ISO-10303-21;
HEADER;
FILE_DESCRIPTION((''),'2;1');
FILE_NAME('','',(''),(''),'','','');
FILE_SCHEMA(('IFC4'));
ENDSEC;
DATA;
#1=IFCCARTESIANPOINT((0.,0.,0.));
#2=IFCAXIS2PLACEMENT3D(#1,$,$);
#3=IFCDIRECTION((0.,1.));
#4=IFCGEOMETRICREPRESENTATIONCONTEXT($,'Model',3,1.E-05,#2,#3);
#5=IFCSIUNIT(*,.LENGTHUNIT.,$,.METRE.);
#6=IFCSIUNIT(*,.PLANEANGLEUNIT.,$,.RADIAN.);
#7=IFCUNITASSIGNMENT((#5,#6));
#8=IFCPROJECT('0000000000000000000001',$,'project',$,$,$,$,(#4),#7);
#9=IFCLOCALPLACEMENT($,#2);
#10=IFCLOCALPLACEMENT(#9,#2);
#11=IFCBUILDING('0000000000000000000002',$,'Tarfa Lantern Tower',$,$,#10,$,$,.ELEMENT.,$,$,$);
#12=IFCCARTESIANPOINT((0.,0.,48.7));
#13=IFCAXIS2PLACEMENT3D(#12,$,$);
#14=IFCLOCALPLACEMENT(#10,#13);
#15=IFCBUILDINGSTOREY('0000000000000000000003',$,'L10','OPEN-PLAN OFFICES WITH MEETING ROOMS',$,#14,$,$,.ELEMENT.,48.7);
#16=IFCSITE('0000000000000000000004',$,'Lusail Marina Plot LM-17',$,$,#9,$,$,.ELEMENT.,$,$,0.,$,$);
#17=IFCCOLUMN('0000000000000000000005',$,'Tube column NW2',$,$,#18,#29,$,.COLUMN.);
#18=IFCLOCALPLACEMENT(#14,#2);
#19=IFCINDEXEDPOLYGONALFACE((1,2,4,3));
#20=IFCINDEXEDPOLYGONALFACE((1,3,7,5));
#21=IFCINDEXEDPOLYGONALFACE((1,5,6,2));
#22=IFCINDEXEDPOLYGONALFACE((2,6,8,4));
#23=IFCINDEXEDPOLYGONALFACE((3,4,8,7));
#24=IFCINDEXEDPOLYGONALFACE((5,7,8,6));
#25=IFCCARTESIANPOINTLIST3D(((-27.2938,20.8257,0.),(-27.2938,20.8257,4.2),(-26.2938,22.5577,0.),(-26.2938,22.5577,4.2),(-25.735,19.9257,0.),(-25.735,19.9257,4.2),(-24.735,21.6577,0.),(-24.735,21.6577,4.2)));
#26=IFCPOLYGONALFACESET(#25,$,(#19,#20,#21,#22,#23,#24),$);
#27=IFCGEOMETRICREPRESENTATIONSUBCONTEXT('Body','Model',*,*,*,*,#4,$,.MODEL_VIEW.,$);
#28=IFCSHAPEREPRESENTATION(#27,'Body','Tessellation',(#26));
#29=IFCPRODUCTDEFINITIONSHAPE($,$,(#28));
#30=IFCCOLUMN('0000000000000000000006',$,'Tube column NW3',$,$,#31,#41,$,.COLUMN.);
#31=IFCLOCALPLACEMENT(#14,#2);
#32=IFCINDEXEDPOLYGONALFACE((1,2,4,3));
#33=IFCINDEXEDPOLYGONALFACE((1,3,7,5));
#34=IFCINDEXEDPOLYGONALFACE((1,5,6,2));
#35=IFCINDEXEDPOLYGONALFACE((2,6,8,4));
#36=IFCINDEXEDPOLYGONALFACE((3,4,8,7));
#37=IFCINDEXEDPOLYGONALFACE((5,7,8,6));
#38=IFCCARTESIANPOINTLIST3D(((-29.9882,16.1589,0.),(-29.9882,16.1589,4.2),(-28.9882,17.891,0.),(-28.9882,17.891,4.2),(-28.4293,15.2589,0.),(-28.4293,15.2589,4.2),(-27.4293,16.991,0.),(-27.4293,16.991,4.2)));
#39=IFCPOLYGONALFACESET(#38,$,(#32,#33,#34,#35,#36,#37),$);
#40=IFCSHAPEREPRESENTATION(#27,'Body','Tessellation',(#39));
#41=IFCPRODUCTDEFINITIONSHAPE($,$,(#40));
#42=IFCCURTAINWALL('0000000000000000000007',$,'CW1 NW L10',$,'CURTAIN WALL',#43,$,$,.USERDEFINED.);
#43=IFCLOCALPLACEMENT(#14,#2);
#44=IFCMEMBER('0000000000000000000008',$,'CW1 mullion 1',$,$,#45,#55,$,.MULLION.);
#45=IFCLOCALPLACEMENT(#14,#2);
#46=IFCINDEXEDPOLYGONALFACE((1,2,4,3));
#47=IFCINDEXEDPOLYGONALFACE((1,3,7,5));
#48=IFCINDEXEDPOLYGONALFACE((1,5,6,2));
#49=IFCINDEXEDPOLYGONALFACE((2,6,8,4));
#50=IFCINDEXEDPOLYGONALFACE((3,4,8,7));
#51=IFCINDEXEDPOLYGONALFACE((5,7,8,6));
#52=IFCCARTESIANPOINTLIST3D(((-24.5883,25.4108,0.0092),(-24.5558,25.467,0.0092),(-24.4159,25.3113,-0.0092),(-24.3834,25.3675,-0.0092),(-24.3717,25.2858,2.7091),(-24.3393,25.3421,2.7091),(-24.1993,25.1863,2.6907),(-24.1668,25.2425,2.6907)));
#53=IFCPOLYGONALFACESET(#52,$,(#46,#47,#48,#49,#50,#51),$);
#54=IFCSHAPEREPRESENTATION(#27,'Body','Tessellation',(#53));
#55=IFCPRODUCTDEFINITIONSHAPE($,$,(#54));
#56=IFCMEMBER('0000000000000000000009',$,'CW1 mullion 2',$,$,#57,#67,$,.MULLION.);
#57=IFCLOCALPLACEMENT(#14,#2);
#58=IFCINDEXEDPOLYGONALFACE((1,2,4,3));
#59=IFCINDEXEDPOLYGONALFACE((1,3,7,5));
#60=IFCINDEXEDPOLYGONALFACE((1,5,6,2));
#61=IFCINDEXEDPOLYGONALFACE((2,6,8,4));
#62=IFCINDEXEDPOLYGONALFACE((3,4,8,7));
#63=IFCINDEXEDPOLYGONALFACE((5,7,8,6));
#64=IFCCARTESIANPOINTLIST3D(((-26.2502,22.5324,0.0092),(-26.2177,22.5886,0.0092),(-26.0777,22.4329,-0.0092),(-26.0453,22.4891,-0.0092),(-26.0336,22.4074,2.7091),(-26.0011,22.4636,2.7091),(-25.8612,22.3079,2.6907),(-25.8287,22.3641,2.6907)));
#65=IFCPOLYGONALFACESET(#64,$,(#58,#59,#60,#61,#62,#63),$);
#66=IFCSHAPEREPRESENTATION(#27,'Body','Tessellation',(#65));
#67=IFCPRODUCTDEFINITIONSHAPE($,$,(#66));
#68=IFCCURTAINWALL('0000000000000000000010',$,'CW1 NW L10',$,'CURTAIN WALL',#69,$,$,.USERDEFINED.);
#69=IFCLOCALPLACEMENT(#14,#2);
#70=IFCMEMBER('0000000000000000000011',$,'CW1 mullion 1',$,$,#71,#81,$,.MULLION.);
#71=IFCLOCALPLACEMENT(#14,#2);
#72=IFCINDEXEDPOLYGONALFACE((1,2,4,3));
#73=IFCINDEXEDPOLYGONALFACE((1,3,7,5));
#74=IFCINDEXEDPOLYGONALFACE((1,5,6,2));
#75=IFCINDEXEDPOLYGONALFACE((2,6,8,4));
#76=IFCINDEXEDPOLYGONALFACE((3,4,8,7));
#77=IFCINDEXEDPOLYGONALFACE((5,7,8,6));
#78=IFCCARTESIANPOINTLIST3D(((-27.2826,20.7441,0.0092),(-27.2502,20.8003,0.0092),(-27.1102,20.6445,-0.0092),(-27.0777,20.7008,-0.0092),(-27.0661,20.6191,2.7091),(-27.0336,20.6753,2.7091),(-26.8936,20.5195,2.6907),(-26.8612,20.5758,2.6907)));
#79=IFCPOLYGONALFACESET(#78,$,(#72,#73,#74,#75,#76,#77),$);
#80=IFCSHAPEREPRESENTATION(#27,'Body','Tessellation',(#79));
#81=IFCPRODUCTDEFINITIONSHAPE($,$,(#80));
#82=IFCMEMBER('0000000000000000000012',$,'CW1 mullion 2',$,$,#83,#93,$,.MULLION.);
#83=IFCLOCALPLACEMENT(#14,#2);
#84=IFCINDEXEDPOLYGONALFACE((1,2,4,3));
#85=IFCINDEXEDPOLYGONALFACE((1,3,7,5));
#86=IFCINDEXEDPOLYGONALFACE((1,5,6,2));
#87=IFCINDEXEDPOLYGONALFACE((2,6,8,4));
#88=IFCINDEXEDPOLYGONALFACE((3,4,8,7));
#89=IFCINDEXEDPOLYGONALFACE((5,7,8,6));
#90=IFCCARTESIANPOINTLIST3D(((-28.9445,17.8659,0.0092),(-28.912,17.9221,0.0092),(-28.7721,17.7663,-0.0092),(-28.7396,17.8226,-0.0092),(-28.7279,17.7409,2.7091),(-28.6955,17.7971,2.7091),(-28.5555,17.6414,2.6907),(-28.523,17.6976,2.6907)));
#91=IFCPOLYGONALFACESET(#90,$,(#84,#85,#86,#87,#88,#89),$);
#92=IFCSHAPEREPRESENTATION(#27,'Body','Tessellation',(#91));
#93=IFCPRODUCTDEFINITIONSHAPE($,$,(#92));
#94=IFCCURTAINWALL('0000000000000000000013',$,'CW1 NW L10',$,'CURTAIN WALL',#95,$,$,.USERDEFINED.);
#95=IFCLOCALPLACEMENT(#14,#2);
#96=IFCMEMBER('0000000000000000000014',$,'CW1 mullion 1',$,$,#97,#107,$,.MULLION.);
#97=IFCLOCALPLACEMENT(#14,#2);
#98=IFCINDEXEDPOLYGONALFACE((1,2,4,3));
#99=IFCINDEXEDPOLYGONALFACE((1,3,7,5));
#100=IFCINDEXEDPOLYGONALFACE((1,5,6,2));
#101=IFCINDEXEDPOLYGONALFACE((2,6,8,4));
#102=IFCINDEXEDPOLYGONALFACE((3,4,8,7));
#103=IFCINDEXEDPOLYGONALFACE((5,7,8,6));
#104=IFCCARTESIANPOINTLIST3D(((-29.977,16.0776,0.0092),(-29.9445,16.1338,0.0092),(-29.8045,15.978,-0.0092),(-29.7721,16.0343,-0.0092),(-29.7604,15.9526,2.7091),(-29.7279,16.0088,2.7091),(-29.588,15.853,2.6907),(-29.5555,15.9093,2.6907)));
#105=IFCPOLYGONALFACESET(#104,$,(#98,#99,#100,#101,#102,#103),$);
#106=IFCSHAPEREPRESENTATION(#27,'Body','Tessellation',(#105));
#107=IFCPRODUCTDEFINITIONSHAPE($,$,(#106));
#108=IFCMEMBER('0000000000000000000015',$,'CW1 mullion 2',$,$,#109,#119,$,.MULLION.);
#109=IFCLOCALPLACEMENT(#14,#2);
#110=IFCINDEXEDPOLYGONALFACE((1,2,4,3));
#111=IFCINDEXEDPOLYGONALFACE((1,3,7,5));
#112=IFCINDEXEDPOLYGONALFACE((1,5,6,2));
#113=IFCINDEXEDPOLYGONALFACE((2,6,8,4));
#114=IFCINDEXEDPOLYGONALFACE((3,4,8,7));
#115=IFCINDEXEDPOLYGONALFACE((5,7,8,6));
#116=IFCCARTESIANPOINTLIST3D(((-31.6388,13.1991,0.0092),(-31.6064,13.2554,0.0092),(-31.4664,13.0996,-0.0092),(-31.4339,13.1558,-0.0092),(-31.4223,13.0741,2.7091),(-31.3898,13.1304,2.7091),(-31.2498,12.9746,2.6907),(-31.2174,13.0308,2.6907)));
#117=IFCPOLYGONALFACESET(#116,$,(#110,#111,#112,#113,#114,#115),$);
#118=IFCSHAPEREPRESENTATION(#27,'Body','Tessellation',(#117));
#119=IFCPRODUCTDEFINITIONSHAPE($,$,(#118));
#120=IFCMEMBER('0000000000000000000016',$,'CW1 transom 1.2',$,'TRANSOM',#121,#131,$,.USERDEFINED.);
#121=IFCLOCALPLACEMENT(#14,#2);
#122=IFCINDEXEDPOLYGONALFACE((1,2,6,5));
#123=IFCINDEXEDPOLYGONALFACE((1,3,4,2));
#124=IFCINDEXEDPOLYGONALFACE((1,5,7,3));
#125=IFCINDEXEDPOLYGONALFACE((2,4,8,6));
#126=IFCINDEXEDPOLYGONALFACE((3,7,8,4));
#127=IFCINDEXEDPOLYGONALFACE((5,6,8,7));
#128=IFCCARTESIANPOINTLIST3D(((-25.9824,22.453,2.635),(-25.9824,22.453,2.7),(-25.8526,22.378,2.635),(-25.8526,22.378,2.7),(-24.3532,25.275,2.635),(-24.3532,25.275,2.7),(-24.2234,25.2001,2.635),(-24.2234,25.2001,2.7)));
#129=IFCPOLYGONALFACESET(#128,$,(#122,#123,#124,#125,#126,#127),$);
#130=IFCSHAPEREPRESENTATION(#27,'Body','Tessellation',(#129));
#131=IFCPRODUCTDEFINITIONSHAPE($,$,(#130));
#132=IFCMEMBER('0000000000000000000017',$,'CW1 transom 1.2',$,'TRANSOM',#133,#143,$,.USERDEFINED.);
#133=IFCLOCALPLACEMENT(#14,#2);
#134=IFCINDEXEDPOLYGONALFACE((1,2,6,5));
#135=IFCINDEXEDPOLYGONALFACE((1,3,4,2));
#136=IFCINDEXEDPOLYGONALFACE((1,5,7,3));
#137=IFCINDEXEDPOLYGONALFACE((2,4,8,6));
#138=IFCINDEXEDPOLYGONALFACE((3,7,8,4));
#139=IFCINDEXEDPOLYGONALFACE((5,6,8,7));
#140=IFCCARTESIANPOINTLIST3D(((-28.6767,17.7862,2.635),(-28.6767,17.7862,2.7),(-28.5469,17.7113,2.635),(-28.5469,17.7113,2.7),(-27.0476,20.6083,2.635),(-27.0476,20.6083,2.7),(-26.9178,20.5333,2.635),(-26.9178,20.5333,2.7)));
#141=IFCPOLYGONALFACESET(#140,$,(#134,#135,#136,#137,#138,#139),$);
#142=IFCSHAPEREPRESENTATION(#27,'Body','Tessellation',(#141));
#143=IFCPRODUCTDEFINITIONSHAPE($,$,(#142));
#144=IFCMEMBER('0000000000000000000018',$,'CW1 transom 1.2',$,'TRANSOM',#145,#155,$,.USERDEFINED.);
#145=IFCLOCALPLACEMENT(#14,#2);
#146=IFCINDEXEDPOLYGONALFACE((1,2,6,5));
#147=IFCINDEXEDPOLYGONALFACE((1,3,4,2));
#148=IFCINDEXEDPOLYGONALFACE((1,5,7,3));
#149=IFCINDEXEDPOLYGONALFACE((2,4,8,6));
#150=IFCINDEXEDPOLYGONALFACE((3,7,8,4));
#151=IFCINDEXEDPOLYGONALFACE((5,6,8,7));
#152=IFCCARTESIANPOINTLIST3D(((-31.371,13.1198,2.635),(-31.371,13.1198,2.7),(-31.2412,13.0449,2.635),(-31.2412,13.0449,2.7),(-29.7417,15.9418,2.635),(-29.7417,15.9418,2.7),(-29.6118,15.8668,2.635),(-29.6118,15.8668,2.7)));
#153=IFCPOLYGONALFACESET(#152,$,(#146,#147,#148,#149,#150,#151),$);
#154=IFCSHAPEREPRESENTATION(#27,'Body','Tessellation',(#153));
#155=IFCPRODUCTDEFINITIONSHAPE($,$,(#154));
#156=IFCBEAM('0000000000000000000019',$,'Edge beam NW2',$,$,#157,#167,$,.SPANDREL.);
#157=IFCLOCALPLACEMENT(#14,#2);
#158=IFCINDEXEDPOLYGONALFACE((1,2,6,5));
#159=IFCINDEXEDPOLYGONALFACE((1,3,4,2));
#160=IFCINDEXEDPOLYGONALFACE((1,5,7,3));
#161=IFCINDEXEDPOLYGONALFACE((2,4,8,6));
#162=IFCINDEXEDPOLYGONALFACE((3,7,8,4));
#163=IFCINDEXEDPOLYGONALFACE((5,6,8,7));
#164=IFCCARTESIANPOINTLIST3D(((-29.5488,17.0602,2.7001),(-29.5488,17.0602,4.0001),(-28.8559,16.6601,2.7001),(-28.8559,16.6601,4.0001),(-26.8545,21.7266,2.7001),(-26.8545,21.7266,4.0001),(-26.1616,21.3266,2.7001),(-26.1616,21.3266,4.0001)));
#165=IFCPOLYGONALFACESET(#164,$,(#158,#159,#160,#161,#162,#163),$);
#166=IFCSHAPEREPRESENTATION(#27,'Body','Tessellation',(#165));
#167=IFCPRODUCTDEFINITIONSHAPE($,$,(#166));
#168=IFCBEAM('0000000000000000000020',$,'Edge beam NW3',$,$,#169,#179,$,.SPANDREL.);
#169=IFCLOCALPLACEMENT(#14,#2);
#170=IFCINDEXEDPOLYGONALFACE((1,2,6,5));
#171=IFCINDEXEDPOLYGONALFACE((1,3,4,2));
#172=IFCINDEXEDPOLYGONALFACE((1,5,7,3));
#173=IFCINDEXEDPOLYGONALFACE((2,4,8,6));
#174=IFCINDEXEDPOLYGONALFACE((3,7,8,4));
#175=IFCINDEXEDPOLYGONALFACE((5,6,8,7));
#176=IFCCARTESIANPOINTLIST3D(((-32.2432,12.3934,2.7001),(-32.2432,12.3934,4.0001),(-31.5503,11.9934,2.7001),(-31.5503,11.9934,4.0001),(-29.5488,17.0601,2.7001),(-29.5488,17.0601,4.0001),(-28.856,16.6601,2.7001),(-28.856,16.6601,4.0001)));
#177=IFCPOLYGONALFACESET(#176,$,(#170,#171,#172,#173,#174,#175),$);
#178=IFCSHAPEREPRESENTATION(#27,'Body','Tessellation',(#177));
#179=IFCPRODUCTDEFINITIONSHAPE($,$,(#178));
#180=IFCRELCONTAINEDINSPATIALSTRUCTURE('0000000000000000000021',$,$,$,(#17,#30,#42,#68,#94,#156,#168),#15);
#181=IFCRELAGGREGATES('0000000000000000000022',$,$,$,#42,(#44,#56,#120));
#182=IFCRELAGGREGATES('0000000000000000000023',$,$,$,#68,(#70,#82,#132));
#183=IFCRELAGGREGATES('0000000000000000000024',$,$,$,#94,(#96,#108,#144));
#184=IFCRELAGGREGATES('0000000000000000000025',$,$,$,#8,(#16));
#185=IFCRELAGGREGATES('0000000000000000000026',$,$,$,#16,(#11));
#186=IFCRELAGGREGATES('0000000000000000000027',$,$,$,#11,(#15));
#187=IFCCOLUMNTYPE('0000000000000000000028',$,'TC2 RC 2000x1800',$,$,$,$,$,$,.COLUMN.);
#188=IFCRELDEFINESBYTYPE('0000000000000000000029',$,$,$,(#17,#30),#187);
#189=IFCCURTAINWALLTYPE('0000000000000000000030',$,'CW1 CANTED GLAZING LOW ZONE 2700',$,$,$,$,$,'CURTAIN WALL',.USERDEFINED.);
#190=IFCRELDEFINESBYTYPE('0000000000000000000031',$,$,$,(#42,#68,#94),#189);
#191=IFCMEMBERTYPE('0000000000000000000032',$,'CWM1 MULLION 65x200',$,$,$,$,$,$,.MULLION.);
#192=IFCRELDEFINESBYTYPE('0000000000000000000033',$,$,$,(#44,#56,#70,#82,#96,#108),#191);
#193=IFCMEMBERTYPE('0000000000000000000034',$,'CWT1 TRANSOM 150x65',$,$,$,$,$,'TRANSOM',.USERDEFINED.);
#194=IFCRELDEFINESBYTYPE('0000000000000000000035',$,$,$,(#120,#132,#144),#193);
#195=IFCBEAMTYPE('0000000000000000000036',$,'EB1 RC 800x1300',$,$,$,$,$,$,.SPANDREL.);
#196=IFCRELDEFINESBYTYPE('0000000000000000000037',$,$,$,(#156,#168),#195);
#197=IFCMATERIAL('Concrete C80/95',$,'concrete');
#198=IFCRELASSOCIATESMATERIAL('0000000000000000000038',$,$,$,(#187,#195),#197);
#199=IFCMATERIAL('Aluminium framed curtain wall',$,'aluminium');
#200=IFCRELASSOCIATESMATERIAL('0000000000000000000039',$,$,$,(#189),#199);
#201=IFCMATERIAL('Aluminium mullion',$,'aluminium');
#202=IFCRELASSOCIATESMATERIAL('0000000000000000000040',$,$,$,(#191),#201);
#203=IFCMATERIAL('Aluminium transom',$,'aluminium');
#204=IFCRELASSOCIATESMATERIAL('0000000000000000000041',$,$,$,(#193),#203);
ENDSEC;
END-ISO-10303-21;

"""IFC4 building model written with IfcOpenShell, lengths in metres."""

from ifc_helpers import new_model, si_unit, direction, frame, origin, origin_2d, place, context, subcontext, project, spatial, rectangle, extrude, material, material_profile, profile_set, type_object, element, aggregate, save


model = new_model("IFC4")

# Units and contexts
model_context = context("Model", 3, precision=1e-05, world=origin(), true_north=direction((0.0, 1.0)))
body_context = subcontext(model_context, "Body", "Model", "MODEL_VIEW")
ifc_project = project(units=[si_unit("LENGTHUNIT", "METRE"), si_unit("PLANEANGLEUNIT", "RADIAN")], contexts=[model_context])

# Site, building, storey
site_placement = place(None, origin())
site = spatial("IfcSite", under=ifc_project, at=site_placement, Name="Lusail Marina Plot LM-17", CompositionType="ELEMENT", RefElevation=0.0)
building_placement = place(site_placement, origin())
building = spatial("IfcBuilding", under=site, at=building_placement, Name="Tarfa Lantern Tower", CompositionType="ELEMENT")
storey_placement = place(building_placement, frame((0.0, 0.0, 48.7)))
storey = spatial("IfcBuildingStorey", under=building, at=storey_placement, Name="L10", Description="OPEN-PLAN OFFICES WITH MEETING ROOMS", CompositionType="ELEMENT", Elevation=48.7)

# Columns
ifc_material_1 = material(Name="Concrete C80/95", Category="concrete")
ifc_material_profile_1 = material_profile(ifc_material_1, rectangle(XDim=2.0, YDim=1.8, at=origin_2d()), Name="RC 2000x1800")
ifc_profile_set_1 = profile_set([ifc_material_profile_1], Name="Concrete C80/95")
column_type = type_object("IfcColumnType", Name="TC2 RC 2000x1800", PredefinedType="COLUMN", material=ifc_profile_set_1)
for number, where, z_axis, x_axis, name in (
    (1, (-26.0144, 21.2417, 0.0), (0.0, 0.0, 1.0), (-0.5, -0.866025, 0.0), "Tube column NW2"),
    (2, (-28.7087, 16.575, 0.0), (0.0, 0.0, 1.0), (-0.5, -0.866025, 0.0), "Tube column NW3"),
):
    element("IfcColumn", number, at=place(storey_placement, frame(where, z_axis=z_axis, x_axis=x_axis)), inside=storey, type_object=column_type, Name=name, PredefinedType="COLUMN", context=body_context, shape_type="SweptSolid", body=[
        extrude(rectangle(XDim=2.0, YDim=1.8, at=origin_2d()), origin(), (0.0, 0.0, 1.0), 4.2),
    ])

# Curtain walls, members
ifc_material_2 = material(Name="Aluminium framed curtain wall", Category="aluminium")
curtain_wall_type = type_object("IfcCurtainWallType", Name="CW1 CANTED GLAZING LOW ZONE 2700", ElementType="CURTAIN WALL", PredefinedType="USERDEFINED", material=ifc_material_2)
curtain_wall_1_placement = place(storey_placement, origin())
curtain_wall_1 = element("IfcCurtainWall", 3, at=curtain_wall_1_placement, inside=storey, type_object=curtain_wall_type, Name="CW1 NW L10", ObjectType="CURTAIN WALL", PredefinedType="USERDEFINED")
ifc_material_3 = material(Name="Aluminium mullion", Category="aluminium")
ifc_material_profile_2 = material_profile(ifc_material_3, rectangle(XDim=0.0649, YDim=0.2, at=origin_2d()), Name="AL MULLION 65x200")
ifc_profile_set_2 = profile_set([ifc_material_profile_2], Name="Aluminium mullion")
member_type_1 = type_object("IfcMemberType", Name="CWM1 MULLION 65x200", PredefinedType="MULLION", material=ifc_profile_set_2)
member_1_placement = place(storey_placement, frame((-24.4858, 25.3892, 0.0), z_axis=(0.079864, -0.0461, 0.995739), x_axis=(0.49992, 0.866072, 0.0)))
member_1 = element("IfcMember", 4, at=member_1_placement, type_object=member_type_1, Name="CW1 mullion 1", PredefinedType="MULLION", context=body_context, shape_type="SweptSolid", body=[
    extrude(rectangle(XDim=0.0649, YDim=0.2, at=origin_2d()), origin(), (0.0, 0.0, 1.0), 2.7114),
])
member_2_placement = place(storey_placement, frame((-26.1477, 22.5107, 0.0), z_axis=(0.079864, -0.0461, 0.995739), x_axis=(0.49992, 0.866072, 0.0)))
member_2 = element("IfcMember", 5, at=member_2_placement, type_object=member_type_1, Name="CW1 mullion 2", PredefinedType="MULLION", context=body_context, shape_type="SweptSolid", body=[
    extrude(rectangle(XDim=0.0649, YDim=0.2, at=origin_2d()), origin(), (0.0, 0.0, 1.0), 2.7114),
])
curtain_wall_2_placement = place(storey_placement, origin())
curtain_wall_2 = element("IfcCurtainWall", 6, at=curtain_wall_2_placement, inside=storey, type_object=curtain_wall_type, Name="CW1 NW L10", ObjectType="CURTAIN WALL", PredefinedType="USERDEFINED")
member_3_placement = place(storey_placement, frame((-27.1802, 20.7224, 0.0), z_axis=(0.079864, -0.0461, 0.995739), x_axis=(0.49992, 0.866072, 0.0)))
member_3 = element("IfcMember", 7, at=member_3_placement, type_object=member_type_1, Name="CW1 mullion 1", PredefinedType="MULLION", context=body_context, shape_type="SweptSolid", body=[
    extrude(rectangle(XDim=0.0649, YDim=0.2, at=origin_2d()), origin(), (0.0, 0.0, 1.0), 2.7114),
])
member_4_placement = place(storey_placement, frame((-28.842, 17.8442, 0.0), z_axis=(0.079864, -0.0461, 0.995739), x_axis=(0.49992, 0.866072, 0.0)))
member_4 = element("IfcMember", 8, at=member_4_placement, type_object=member_type_1, Name="CW1 mullion 2", PredefinedType="MULLION", context=body_context, shape_type="SweptSolid", body=[
    extrude(rectangle(XDim=0.0649, YDim=0.2, at=origin_2d()), origin(), (0.0, 0.0, 1.0), 2.7114),
])
curtain_wall_3_placement = place(storey_placement, origin())
curtain_wall_3 = element("IfcCurtainWall", 9, at=curtain_wall_3_placement, inside=storey, type_object=curtain_wall_type, Name="CW1 NW L10", ObjectType="CURTAIN WALL", PredefinedType="USERDEFINED")
member_5_placement = place(storey_placement, frame((-29.8745, 16.0559, 0.0), z_axis=(0.079864, -0.0461, 0.995739), x_axis=(0.49992, 0.866072, 0.0)))
member_5 = element("IfcMember", 10, at=member_5_placement, type_object=member_type_1, Name="CW1 mullion 1", PredefinedType="MULLION", context=body_context, shape_type="SweptSolid", body=[
    extrude(rectangle(XDim=0.0649, YDim=0.2, at=origin_2d()), origin(), (0.0, 0.0, 1.0), 2.7114),
])
member_6_placement = place(storey_placement, frame((-31.5364, 13.1775, 0.0), z_axis=(0.079864, -0.0461, 0.995739), x_axis=(0.49992, 0.866072, 0.0)))
member_6 = element("IfcMember", 11, at=member_6_placement, type_object=member_type_1, Name="CW1 mullion 2", PredefinedType="MULLION", context=body_context, shape_type="SweptSolid", body=[
    extrude(rectangle(XDim=0.0649, YDim=0.2, at=origin_2d()), origin(), (0.0, 0.0, 1.0), 2.7114),
])

# Members
ifc_material_4 = material(Name="Aluminium transom", Category="aluminium")
ifc_material_profile_3 = material_profile(ifc_material_4, rectangle(XDim=0.1499, YDim=0.0649, at=origin_2d()), Name="AL TRANSOM 150x65")
ifc_profile_set_3 = profile_set([ifc_material_profile_3], Name="Aluminium transom")
member_type_2 = type_object("IfcMemberType", Name="CWT1 TRANSOM 150x65", ElementType="TRANSOM", PredefinedType="USERDEFINED", material=ifc_profile_set_3)
member_7_placement = place(storey_placement, frame((-24.2883, 25.2375, 2.6675), z_axis=(-0.499967, -0.866045, 0.0), x_axis=(0.866045, -0.499967, 0.0)))
member_7 = element("IfcMember", 12, at=member_7_placement, type_object=member_type_2, Name="CW1 transom 1.2", ObjectType="TRANSOM", PredefinedType="USERDEFINED", context=body_context, shape_type="SweptSolid", body=[
    extrude(rectangle(XDim=0.1499, YDim=0.0649, at=origin_2d()), origin(), (0.0, 0.0, 1.0), 3.2585),
])
member_8_placement = place(storey_placement, frame((-26.9827, 20.5708, 2.6675), z_axis=(-0.499967, -0.866045, 0.0), x_axis=(0.866045, -0.499967, 0.0)))
member_8 = element("IfcMember", 13, at=member_8_placement, type_object=member_type_2, Name="CW1 transom 1.2", ObjectType="TRANSOM", PredefinedType="USERDEFINED", context=body_context, shape_type="SweptSolid", body=[
    extrude(rectangle(XDim=0.1499, YDim=0.0649, at=origin_2d()), origin(), (0.0, 0.0, 1.0), 3.2585),
])
member_9_placement = place(storey_placement, frame((-29.6768, 15.9043, 2.6675), z_axis=(-0.500023, -0.866012, 0.0), x_axis=(0.866012, -0.500023, 0.0)))
member_9 = element("IfcMember", 14, at=member_9_placement, type_object=member_type_2, Name="CW1 transom 1.2", ObjectType="TRANSOM", PredefinedType="USERDEFINED", context=body_context, shape_type="SweptSolid", body=[
    extrude(rectangle(XDim=0.1499, YDim=0.0649, at=origin_2d()), origin(), (0.0, 0.0, 1.0), 3.2585),
])

# Beams
ifc_material_profile_4 = material_profile(ifc_material_1, rectangle(XDim=0.8, YDim=1.3, at=origin_2d()), Name="RC 800x1300")
ifc_profile_set_4 = profile_set([ifc_material_profile_4], Name="Concrete C80/95")
beam_type_1 = type_object("IfcBeamType", Name="EB1 RC 800x1300", PredefinedType="SPANDREL", material=ifc_profile_set_4)
beam_1_placement = place(storey_placement, frame((-26.5081, 21.5266, 3.3501), z_axis=(-0.500018, -0.866015, 0.0), x_axis=(0.866015, -0.500018, 0.0)))
element("IfcBeam", 15, at=beam_1_placement, inside=storey, type_object=beam_type_1, Name="Edge beam NW2", PredefinedType="SPANDREL", context=body_context, shape_type="SweptSolid", body=[
    extrude(rectangle(XDim=0.8, YDim=1.3, at=origin_2d()), origin(), (0.0, 0.0, 1.0), 5.3884),
])
beam_2_placement = place(storey_placement, frame((-29.2024, 16.8601, 3.3501), z_axis=(-0.499998, -0.866026, 0.0), x_axis=(0.866026, -0.499998, 0.0)))
element("IfcBeam", 16, at=beam_2_placement, inside=storey, type_object=beam_type_1, Name="Edge beam NW3", PredefinedType="SPANDREL", context=body_context, shape_type="SweptSolid", body=[
    extrude(rectangle(XDim=0.8, YDim=1.3, at=origin_2d()), origin(), (0.0, 0.0, 1.0), 5.3887),
])

aggregate(curtain_wall_1, [member_1, member_2, member_7])
aggregate(curtain_wall_2, [member_3, member_4, member_8])
aggregate(curtain_wall_3, [member_5, member_6, member_9])

save(model, "model.ifc")
